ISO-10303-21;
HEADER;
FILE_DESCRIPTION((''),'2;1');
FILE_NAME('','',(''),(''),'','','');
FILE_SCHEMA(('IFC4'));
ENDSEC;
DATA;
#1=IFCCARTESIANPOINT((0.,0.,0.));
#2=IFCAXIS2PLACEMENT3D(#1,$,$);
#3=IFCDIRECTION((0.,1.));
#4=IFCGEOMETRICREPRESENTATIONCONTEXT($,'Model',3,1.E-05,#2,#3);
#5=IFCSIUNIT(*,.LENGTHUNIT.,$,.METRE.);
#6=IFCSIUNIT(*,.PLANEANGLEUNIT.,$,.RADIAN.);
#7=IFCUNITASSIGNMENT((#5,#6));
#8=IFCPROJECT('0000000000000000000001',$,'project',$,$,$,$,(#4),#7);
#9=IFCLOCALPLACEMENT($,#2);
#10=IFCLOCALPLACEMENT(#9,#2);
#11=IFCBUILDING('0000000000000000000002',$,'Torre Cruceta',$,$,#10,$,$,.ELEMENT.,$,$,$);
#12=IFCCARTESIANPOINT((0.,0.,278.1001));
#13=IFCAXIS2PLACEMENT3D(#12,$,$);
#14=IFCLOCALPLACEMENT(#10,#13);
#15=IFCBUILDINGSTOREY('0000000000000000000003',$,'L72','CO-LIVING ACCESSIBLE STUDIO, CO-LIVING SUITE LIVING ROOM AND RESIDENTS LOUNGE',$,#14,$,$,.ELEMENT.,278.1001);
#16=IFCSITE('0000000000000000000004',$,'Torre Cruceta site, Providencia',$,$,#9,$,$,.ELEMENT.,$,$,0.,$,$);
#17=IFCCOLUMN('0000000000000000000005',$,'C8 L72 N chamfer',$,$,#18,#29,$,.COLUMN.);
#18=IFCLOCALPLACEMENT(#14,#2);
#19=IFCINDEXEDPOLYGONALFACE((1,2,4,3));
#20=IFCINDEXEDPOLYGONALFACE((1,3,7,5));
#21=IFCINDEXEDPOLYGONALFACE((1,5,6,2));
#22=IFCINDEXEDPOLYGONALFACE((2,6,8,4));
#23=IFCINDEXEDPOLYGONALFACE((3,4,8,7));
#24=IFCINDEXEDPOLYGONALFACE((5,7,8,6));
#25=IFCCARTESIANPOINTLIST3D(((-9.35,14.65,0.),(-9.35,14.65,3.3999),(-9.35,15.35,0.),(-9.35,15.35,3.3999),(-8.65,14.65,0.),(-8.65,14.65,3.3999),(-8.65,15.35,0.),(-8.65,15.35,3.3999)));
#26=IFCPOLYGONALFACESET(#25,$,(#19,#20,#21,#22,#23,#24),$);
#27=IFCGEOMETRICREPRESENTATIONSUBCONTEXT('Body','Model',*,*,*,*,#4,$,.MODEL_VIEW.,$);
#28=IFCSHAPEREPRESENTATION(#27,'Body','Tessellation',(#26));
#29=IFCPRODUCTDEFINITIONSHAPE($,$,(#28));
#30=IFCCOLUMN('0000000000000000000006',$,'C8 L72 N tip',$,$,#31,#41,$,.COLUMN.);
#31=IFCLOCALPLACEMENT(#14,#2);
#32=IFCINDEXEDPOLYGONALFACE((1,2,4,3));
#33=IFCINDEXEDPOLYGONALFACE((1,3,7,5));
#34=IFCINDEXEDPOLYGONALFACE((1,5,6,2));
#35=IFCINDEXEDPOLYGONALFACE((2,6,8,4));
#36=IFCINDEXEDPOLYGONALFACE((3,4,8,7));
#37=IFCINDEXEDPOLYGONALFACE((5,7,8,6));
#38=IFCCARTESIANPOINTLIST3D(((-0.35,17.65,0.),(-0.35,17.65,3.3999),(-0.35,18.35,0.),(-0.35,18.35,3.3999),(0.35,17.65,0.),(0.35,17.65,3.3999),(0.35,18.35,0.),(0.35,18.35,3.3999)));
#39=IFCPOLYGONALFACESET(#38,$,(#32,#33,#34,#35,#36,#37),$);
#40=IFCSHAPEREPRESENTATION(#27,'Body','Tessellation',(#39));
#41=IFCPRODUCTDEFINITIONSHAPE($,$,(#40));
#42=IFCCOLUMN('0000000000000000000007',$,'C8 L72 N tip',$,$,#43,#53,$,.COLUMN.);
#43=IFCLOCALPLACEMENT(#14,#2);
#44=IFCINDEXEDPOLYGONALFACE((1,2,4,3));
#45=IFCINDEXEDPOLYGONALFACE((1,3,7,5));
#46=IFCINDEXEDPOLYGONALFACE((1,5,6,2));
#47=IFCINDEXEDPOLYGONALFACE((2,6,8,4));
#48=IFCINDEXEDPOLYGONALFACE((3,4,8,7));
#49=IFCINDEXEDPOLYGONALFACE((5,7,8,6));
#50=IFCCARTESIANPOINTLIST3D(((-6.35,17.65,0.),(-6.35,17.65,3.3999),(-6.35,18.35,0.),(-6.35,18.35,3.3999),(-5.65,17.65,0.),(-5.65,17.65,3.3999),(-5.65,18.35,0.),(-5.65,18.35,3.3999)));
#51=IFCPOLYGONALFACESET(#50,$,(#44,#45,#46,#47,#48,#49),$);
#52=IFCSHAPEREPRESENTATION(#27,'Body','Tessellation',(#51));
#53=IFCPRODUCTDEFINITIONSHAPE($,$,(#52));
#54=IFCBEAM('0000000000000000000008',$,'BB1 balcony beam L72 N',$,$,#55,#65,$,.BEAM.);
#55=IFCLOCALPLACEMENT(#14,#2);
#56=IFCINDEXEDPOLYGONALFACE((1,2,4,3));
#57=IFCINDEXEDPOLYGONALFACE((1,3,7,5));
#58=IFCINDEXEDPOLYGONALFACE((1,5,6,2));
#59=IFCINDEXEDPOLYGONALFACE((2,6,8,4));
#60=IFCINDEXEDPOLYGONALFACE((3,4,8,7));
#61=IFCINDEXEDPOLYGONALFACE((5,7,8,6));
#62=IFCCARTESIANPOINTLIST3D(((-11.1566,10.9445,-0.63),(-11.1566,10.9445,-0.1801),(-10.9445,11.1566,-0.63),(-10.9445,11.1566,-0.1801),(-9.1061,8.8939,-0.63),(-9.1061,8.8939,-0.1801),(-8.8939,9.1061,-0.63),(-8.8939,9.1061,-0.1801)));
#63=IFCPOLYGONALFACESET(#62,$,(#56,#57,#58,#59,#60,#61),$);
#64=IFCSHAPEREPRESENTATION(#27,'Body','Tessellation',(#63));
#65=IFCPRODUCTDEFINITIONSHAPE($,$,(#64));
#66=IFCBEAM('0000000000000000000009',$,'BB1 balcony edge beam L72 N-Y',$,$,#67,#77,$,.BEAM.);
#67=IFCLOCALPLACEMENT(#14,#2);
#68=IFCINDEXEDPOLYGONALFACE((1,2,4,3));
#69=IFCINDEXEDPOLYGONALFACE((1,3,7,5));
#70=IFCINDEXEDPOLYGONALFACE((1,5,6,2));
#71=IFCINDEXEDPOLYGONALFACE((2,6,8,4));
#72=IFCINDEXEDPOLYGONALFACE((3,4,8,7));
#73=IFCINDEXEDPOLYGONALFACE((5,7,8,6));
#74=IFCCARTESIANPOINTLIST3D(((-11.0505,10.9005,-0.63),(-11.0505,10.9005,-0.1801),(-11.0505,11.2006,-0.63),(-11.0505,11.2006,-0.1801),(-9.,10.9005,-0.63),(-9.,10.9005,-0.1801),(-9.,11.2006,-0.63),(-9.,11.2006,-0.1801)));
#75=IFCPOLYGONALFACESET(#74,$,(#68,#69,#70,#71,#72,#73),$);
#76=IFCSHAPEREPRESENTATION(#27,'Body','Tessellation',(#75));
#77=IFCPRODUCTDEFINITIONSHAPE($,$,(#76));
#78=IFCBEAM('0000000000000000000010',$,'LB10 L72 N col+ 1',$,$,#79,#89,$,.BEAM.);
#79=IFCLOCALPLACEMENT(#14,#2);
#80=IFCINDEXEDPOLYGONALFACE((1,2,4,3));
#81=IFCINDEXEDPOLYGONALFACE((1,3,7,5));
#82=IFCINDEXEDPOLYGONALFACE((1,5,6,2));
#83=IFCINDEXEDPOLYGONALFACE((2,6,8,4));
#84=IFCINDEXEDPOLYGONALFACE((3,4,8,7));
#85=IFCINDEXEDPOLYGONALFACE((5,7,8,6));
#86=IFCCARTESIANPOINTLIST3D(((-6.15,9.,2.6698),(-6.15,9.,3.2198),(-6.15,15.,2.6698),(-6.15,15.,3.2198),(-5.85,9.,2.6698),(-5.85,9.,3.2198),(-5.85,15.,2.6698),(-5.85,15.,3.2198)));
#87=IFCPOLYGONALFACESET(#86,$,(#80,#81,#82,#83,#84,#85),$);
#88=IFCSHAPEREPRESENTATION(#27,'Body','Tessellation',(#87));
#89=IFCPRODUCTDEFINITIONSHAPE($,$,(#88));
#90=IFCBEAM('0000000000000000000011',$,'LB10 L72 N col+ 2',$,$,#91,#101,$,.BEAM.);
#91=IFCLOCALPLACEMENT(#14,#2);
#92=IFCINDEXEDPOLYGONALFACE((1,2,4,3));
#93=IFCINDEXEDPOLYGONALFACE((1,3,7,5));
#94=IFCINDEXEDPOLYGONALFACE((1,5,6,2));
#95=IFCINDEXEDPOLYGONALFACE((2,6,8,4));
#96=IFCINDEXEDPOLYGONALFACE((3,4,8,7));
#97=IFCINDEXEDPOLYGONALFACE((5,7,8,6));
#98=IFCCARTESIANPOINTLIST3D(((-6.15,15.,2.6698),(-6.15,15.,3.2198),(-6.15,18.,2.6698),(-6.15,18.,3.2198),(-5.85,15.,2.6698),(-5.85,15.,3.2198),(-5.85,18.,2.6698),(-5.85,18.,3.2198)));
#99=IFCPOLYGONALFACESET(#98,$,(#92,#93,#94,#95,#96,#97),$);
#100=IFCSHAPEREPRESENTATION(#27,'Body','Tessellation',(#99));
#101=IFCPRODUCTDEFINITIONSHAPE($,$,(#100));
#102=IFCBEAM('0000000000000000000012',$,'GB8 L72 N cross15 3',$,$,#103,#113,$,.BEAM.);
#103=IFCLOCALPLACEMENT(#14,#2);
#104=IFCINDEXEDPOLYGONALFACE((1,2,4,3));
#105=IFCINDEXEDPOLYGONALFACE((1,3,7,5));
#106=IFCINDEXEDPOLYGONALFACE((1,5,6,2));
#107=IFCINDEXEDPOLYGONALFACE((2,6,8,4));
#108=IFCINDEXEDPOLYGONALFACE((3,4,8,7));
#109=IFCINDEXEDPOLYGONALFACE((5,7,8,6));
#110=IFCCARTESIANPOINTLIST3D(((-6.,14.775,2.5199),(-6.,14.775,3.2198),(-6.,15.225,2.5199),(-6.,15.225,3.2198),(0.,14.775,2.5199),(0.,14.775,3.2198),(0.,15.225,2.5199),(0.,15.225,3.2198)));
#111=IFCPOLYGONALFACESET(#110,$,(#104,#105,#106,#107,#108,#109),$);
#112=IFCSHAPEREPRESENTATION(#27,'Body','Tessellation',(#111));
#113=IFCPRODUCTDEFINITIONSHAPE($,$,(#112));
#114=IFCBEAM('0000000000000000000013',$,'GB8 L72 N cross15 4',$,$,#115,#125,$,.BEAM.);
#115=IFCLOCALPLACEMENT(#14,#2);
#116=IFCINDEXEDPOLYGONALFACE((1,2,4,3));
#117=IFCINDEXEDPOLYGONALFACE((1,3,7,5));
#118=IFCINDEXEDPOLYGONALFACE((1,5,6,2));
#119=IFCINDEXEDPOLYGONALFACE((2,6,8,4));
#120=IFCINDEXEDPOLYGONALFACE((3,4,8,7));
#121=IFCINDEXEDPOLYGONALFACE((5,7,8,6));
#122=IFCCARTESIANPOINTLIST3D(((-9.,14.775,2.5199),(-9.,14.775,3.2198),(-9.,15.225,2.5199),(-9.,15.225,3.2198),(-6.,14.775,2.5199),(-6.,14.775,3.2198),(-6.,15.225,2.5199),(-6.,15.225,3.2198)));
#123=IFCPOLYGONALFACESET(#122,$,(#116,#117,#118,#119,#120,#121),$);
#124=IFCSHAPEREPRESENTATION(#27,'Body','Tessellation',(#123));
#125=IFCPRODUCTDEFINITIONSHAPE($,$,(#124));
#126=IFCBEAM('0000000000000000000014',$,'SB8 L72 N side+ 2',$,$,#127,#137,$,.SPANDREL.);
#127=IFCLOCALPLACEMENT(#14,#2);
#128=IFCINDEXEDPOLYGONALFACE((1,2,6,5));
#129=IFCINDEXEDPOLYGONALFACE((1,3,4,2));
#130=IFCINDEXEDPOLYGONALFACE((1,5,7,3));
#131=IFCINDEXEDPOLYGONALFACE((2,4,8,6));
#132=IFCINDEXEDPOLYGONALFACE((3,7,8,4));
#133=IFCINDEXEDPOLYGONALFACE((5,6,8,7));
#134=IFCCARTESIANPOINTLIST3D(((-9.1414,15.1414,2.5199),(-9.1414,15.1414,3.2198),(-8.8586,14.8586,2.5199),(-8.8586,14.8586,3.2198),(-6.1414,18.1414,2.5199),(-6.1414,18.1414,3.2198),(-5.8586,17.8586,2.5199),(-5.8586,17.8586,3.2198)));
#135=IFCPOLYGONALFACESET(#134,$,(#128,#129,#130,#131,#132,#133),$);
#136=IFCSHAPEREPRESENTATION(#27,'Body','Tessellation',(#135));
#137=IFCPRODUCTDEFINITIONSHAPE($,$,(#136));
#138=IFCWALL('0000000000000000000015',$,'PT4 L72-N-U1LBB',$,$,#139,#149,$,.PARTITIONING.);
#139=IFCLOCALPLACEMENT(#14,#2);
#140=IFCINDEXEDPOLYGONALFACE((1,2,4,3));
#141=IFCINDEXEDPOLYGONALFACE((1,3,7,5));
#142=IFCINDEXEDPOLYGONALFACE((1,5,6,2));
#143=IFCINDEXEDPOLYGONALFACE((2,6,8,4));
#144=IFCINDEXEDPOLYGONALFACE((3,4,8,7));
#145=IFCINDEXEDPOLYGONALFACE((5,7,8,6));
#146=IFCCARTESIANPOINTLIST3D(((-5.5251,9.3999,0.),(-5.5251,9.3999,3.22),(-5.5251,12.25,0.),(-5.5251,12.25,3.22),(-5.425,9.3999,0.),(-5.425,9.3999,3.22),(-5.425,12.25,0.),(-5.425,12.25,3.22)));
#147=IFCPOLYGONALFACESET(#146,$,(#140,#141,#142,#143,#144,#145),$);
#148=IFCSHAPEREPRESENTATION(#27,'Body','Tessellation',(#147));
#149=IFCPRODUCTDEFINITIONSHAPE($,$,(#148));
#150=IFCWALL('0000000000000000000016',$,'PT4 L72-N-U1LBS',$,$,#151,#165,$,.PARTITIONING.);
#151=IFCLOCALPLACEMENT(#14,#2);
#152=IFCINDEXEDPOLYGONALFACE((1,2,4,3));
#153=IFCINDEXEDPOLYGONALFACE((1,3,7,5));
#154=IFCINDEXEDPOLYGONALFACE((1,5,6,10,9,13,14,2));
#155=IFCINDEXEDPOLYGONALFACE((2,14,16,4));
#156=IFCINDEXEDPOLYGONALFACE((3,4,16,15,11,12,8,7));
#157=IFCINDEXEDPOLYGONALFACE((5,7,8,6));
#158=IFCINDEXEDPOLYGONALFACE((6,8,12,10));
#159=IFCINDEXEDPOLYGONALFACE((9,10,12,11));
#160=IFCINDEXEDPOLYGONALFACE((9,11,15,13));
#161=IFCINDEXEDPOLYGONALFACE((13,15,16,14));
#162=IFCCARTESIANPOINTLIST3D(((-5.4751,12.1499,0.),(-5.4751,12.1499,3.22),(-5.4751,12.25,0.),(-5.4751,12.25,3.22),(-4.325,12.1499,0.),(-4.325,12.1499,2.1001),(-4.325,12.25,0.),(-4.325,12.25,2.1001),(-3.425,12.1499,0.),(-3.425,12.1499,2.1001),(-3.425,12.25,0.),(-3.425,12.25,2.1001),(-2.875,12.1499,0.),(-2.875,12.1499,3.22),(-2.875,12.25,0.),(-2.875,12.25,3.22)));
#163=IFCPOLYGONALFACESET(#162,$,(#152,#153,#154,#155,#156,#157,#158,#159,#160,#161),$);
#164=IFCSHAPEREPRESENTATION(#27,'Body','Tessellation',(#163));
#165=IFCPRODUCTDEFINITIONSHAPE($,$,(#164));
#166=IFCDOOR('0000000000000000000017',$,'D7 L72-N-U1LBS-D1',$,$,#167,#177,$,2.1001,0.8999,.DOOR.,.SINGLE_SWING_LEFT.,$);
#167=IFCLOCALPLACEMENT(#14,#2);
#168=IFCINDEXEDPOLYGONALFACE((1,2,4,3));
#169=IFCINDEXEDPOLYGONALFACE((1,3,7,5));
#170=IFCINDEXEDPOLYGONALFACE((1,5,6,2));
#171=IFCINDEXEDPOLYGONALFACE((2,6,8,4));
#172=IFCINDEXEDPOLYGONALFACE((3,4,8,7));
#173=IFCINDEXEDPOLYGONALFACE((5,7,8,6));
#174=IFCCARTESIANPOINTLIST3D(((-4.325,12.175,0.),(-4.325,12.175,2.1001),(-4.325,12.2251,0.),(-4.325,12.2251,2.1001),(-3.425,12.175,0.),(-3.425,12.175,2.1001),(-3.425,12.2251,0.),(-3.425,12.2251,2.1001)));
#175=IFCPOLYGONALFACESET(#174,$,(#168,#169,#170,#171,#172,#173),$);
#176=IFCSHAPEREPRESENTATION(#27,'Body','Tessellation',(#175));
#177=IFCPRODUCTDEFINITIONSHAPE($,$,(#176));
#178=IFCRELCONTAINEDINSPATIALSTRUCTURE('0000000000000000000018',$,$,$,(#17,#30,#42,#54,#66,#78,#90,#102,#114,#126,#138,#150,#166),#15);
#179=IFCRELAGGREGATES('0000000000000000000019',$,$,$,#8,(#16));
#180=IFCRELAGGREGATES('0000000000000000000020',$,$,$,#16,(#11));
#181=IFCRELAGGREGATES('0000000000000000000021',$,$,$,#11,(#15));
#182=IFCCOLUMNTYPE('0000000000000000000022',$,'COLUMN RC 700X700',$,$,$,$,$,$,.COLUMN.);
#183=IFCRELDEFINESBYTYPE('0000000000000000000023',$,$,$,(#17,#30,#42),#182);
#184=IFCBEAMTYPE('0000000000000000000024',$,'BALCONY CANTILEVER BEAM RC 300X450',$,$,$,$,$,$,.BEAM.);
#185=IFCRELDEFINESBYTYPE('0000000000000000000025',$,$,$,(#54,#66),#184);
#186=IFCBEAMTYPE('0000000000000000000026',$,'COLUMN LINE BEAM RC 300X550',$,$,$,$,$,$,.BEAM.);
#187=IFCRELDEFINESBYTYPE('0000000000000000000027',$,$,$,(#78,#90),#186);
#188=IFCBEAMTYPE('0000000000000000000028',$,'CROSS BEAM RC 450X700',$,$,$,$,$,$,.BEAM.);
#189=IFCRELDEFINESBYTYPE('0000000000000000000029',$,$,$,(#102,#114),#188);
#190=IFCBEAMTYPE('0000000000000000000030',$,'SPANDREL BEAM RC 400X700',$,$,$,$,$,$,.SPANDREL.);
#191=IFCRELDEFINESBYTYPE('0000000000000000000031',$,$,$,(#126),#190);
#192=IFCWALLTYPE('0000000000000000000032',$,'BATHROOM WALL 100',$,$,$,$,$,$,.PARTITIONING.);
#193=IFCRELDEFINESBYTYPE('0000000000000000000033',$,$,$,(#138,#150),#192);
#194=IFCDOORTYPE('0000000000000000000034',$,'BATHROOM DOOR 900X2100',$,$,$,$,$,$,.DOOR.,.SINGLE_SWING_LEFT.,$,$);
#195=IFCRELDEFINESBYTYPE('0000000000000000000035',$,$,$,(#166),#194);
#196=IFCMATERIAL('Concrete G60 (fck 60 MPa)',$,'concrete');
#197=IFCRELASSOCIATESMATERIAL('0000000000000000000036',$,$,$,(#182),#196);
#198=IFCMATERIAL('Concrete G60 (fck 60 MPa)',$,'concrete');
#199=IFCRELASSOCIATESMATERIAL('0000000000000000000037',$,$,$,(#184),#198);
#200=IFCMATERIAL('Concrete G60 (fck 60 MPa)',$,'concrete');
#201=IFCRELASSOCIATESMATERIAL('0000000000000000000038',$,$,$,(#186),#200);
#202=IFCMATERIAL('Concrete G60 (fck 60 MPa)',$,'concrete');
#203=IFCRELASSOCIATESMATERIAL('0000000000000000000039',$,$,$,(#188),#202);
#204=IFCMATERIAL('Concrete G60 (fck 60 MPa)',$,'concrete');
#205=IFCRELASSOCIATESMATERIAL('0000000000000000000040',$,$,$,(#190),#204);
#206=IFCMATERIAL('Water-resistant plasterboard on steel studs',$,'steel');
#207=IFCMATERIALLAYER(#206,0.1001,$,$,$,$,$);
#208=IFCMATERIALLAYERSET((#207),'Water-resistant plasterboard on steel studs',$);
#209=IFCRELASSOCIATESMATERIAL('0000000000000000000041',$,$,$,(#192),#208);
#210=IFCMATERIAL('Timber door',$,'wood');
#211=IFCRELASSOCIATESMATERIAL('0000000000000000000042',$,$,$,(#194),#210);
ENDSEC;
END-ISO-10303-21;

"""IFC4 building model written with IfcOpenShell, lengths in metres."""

from ifc_helpers import new_model, si_unit, direction, frame, frame_2d, origin, origin_2d, place, context, subcontext, project, spatial, rectangle, extrude, material, layer, layer_set, material_profile, profile_set, type_object, element, fill, save


model = new_model("IFC4")

# Units and contexts
model_context = context("Model", 3, precision=1e-05, world=origin(), true_north=direction((0.0, 1.0)))
body_context = subcontext(model_context, "Body", "Model", "MODEL_VIEW")
ifc_project = project(units=[si_unit("LENGTHUNIT", "METRE"), si_unit("PLANEANGLEUNIT", "RADIAN")], contexts=[model_context])

# Site, building, storey
site_placement = place(None, origin())
site = spatial("IfcSite", under=ifc_project, at=site_placement, Name="Torre Cruceta site, Providencia", CompositionType="ELEMENT", RefElevation=0.0)
building_placement = place(site_placement, origin())
building = spatial("IfcBuilding", under=site, at=building_placement, Name="Torre Cruceta", CompositionType="ELEMENT")
storey_placement = place(building_placement, frame((0.0, 0.0, 278.1001)))
storey = spatial("IfcBuildingStorey", under=building, at=storey_placement, Name="L72", Description="CO-LIVING ACCESSIBLE STUDIO, CO-LIVING SUITE LIVING ROOM AND RESIDENTS LOUNGE", CompositionType="ELEMENT", Elevation=278.1001)

# Columns
ifc_material_1 = material(Name="Concrete G60 (fck 60 MPa)", Category="concrete")
ifc_material_profile_1 = material_profile(ifc_material_1, rectangle(XDim=0.7, YDim=0.7, at=origin_2d()), Name="RC 700X700")
ifc_profile_set_1 = profile_set([ifc_material_profile_1], Name="Concrete G60 (fck 60 MPa)")
column_type = type_object("IfcColumnType", Name="COLUMN RC 700X700", PredefinedType="COLUMN", material=ifc_profile_set_1)
for number, where, z_axis, x_axis, name in (
    (1, (-9.0, 15.0, 0.0), (0.0, 0.0, 1.0), (1.0, 0.0, 0.0), "C8 L72 N chamfer"),
    (2, (0.0, 18.0, 0.0), (0.0, 0.0, 1.0), (1.0, 0.0, 0.0), "C8 L72 N tip"),
    (3, (-6.0, 18.0, 0.0), (0.0, 0.0, 1.0), (1.0, 0.0, 0.0), "C8 L72 N tip"),
):
    element("IfcColumn", number, at=place(storey_placement, frame(where, z_axis=z_axis, x_axis=x_axis)), inside=storey, type_object=column_type, Name=name, PredefinedType="COLUMN", context=body_context, shape_type="SweptSolid", body=[
        extrude(rectangle(XDim=0.7, YDim=0.7, at=origin_2d()), origin(), (0.0, 0.0, 1.0), 3.3999),
    ])

# Beams
ifc_material_2 = material(Name="Concrete G60 (fck 60 MPa)", Category="concrete")
ifc_material_profile_2 = material_profile(ifc_material_2, rectangle(XDim=0.3, YDim=0.45, at=origin_2d()), Name="RC 300X450")
ifc_profile_set_2 = profile_set([ifc_material_profile_2], Name="Concrete G60 (fck 60 MPa)")
beam_type_1 = type_object("IfcBeamType", Name="BALCONY CANTILEVER BEAM RC 300X450", PredefinedType="BEAM", material=ifc_profile_set_2)
beam_1_placement = place(storey_placement, frame((-9.0, 9.0, -0.405), z_axis=(-0.707107, 0.707107, 0.0), x_axis=(-0.707107, -0.707107, 0.0)))
element("IfcBeam", 4, at=beam_1_placement, inside=storey, type_object=beam_type_1, Name="BB1 balcony beam L72 N", PredefinedType="BEAM", context=body_context, shape_type="SweptSolid", body=[
    extrude(rectangle(XDim=0.3, YDim=0.45, at=origin_2d()), origin(), (0.0, 0.0, 1.0), 2.8999),
])
beam_2_placement = place(storey_placement, frame((-9.0, 11.0505, -0.405), z_axis=(-1.0, 0.0, 0.0), x_axis=(0.0, -1.0, 0.0)))
element("IfcBeam", 5, at=beam_2_placement, inside=storey, type_object=beam_type_1, Name="BB1 balcony edge beam L72 N-Y", PredefinedType="BEAM", context=body_context, shape_type="SweptSolid", body=[
    extrude(rectangle(XDim=0.3, YDim=0.45, at=origin_2d()), origin(), (0.0, 0.0, 1.0), 2.0505),
])
ifc_material_3 = material(Name="Concrete G60 (fck 60 MPa)", Category="concrete")
ifc_material_profile_3 = material_profile(ifc_material_3, rectangle(XDim=0.3, YDim=0.55, at=origin_2d()), Name="RC 300X550")
ifc_profile_set_3 = profile_set([ifc_material_profile_3], Name="Concrete G60 (fck 60 MPa)")
beam_type_2 = type_object("IfcBeamType", Name="COLUMN LINE BEAM RC 300X550", PredefinedType="BEAM", material=ifc_profile_set_3)
beam_3_placement = place(storey_placement, frame((-6.0, 9.0, 2.9448), z_axis=(0.0, 1.0, 0.0), x_axis=(-1.0, 0.0, 0.0)))
element("IfcBeam", 6, at=beam_3_placement, inside=storey, type_object=beam_type_2, Name="LB10 L72 N col+ 1", PredefinedType="BEAM", context=body_context, shape_type="SweptSolid", body=[
    extrude(rectangle(XDim=0.3, YDim=0.55, at=origin_2d()), origin(), (0.0, 0.0, 1.0), 6.0),
])
beam_4_placement = place(storey_placement, frame((-6.0, 15.0, 2.9448), z_axis=(0.0, 1.0, 0.0), x_axis=(-1.0, 0.0, 0.0)))
element("IfcBeam", 7, at=beam_4_placement, inside=storey, type_object=beam_type_2, Name="LB10 L72 N col+ 2", PredefinedType="BEAM", context=body_context, shape_type="SweptSolid", body=[
    extrude(rectangle(XDim=0.3, YDim=0.55, at=origin_2d()), origin(), (0.0, 0.0, 1.0), 3.0),
])
ifc_material_4 = material(Name="Concrete G60 (fck 60 MPa)", Category="concrete")
ifc_material_profile_4 = material_profile(ifc_material_4, rectangle(XDim=0.45, YDim=0.7, at=origin_2d()), Name="RC 450X700")
ifc_profile_set_4 = profile_set([ifc_material_profile_4], Name="Concrete G60 (fck 60 MPa)")
beam_type_3 = type_object("IfcBeamType", Name="CROSS BEAM RC 450X700", PredefinedType="BEAM", material=ifc_profile_set_4)
beam_5_placement = place(storey_placement, frame((0.0, 15.0, 2.8699), z_axis=(-1.0, 0.0, 0.0), x_axis=(0.0, -1.0, 0.0)))
element("IfcBeam", 8, at=beam_5_placement, inside=storey, type_object=beam_type_3, Name="GB8 L72 N cross15 3", PredefinedType="BEAM", context=body_context, shape_type="SweptSolid", body=[
    extrude(rectangle(XDim=0.45, YDim=0.7, at=origin_2d()), origin(), (0.0, 0.0, 1.0), 6.0),
])
beam_6_placement = place(storey_placement, frame((-6.0, 15.0, 2.8699), z_axis=(-1.0, 0.0, 0.0), x_axis=(0.0, -1.0, 0.0)))
element("IfcBeam", 9, at=beam_6_placement, inside=storey, type_object=beam_type_3, Name="GB8 L72 N cross15 4", PredefinedType="BEAM", context=body_context, shape_type="SweptSolid", body=[
    extrude(rectangle(XDim=0.45, YDim=0.7, at=origin_2d()), origin(), (0.0, 0.0, 1.0), 3.0),
])
ifc_material_5 = material(Name="Concrete G60 (fck 60 MPa)", Category="concrete")
ifc_material_profile_5 = material_profile(ifc_material_5, rectangle(XDim=0.3999, YDim=0.7, at=origin_2d()), Name="RC 400X700")
ifc_profile_set_5 = profile_set([ifc_material_profile_5], Name="Concrete G60 (fck 60 MPa)")
beam_type_4 = type_object("IfcBeamType", Name="SPANDREL BEAM RC 400X700", PredefinedType="SPANDREL", material=ifc_profile_set_5)
beam_7_placement = place(storey_placement, frame((-9.0, 15.0, 2.8699), z_axis=(0.707107, 0.707107, 0.0), x_axis=(-0.707107, 0.707107, 0.0)))
element("IfcBeam", 10, at=beam_7_placement, inside=storey, type_object=beam_type_4, Name="SB8 L72 N side+ 2", PredefinedType="SPANDREL", context=body_context, shape_type="SweptSolid", body=[
    extrude(rectangle(XDim=0.3999, YDim=0.7, at=origin_2d()), origin(), (0.0, 0.0, 1.0), 4.2427),
])

# Wall
ifc_material_6 = material(Name="Water-resistant plasterboard on steel studs", Category="steel")
ifc_layer_1 = layer(ifc_material_6, 0.1001)
ifc_layer_set_1 = layer_set([ifc_layer_1], Name="Water-resistant plasterboard on steel studs")
wall_type_1 = type_object("IfcWallType", Name="BATHROOM WALL 100", PredefinedType="PARTITIONING", material=ifc_layer_set_1)
wall_1_placement = place(storey_placement, frame((-5.4751, 9.3999, 0.0), z_axis=(0.0, 0.0, 1.0), x_axis=(0.0, 1.0, 0.0)))
element("IfcWall", 11, at=wall_1_placement, inside=storey, type_object=wall_type_1, Name="PT4 L72-N-U1LBB", PredefinedType="PARTITIONING", context=body_context, shape_type="SweptSolid", body=[
    extrude(rectangle(XDim=2.8501, YDim=0.1001, at=frame_2d((1.425, 0.0))), origin(), (0.0, 0.0, 1.0), 3.22),
])

# Wall, opening, door
wall_2_placement = place(storey_placement, frame((-2.875, 12.2, 0.0), z_axis=(0.0, 0.0, 1.0), x_axis=(-1.0, 0.0, 0.0)))
wall_2 = element("IfcWall", 12, at=wall_2_placement, inside=storey, type_object=wall_type_1, Name="PT4 L72-N-U1LBS", PredefinedType="PARTITIONING", context=body_context, shape_type="SweptSolid", body=[
    extrude(rectangle(XDim=2.6001, YDim=0.1001, at=frame_2d((1.3, 0.0))), origin(), (0.0, 0.0, 1.0), 3.22),
])
opening_1_placement = place(wall_2_placement, frame((0.55, 0.0, 0.0)))
opening_1 = element("IfcOpeningElement", 13, at=opening_1_placement, cuts=wall_2, PredefinedType="OPENING", context=body_context, shape_type="SweptSolid", body=[
    extrude(rectangle(XDim=0.8999, YDim=2.1001, at=frame_2d((0.45, 1.05))), frame((0.0, 0.0601, 0.0), z_axis=(0.0, -1.0, 0.0), x_axis=(1.0, 0.0, 0.0)), (0.0, 0.0, 1.0), 0.1201),
])
ifc_material_7 = material(Name="Timber door", Category="wood")
door_type_1 = type_object("IfcDoorType", Name="BATHROOM DOOR 900X2100", OperationType="SINGLE_SWING_LEFT", PredefinedType="DOOR", material=ifc_material_7)
door_1_placement = place(opening_1_placement, origin())
door_1 = element("IfcDoor", 14, at=door_1_placement, inside=storey, type_object=door_type_1, Name="D7 L72-N-U1LBS-D1", OperationType="SINGLE_SWING_LEFT", OverallHeight=2.1001, OverallWidth=0.8999, PredefinedType="DOOR", context=body_context, shape_type="SweptSolid", body=[
    extrude(rectangle(XDim=0.8999, YDim=2.1001, at=frame_2d((0.45, 1.05))), frame((0.0, 0.0249, 0.0), z_axis=(0.0, -1.0, 0.0), x_axis=(1.0, 0.0, 0.0)), (0.0, 0.0, 1.0), 0.05),
])
fill(opening_1, door_1)

save(model, "model.ifc")
